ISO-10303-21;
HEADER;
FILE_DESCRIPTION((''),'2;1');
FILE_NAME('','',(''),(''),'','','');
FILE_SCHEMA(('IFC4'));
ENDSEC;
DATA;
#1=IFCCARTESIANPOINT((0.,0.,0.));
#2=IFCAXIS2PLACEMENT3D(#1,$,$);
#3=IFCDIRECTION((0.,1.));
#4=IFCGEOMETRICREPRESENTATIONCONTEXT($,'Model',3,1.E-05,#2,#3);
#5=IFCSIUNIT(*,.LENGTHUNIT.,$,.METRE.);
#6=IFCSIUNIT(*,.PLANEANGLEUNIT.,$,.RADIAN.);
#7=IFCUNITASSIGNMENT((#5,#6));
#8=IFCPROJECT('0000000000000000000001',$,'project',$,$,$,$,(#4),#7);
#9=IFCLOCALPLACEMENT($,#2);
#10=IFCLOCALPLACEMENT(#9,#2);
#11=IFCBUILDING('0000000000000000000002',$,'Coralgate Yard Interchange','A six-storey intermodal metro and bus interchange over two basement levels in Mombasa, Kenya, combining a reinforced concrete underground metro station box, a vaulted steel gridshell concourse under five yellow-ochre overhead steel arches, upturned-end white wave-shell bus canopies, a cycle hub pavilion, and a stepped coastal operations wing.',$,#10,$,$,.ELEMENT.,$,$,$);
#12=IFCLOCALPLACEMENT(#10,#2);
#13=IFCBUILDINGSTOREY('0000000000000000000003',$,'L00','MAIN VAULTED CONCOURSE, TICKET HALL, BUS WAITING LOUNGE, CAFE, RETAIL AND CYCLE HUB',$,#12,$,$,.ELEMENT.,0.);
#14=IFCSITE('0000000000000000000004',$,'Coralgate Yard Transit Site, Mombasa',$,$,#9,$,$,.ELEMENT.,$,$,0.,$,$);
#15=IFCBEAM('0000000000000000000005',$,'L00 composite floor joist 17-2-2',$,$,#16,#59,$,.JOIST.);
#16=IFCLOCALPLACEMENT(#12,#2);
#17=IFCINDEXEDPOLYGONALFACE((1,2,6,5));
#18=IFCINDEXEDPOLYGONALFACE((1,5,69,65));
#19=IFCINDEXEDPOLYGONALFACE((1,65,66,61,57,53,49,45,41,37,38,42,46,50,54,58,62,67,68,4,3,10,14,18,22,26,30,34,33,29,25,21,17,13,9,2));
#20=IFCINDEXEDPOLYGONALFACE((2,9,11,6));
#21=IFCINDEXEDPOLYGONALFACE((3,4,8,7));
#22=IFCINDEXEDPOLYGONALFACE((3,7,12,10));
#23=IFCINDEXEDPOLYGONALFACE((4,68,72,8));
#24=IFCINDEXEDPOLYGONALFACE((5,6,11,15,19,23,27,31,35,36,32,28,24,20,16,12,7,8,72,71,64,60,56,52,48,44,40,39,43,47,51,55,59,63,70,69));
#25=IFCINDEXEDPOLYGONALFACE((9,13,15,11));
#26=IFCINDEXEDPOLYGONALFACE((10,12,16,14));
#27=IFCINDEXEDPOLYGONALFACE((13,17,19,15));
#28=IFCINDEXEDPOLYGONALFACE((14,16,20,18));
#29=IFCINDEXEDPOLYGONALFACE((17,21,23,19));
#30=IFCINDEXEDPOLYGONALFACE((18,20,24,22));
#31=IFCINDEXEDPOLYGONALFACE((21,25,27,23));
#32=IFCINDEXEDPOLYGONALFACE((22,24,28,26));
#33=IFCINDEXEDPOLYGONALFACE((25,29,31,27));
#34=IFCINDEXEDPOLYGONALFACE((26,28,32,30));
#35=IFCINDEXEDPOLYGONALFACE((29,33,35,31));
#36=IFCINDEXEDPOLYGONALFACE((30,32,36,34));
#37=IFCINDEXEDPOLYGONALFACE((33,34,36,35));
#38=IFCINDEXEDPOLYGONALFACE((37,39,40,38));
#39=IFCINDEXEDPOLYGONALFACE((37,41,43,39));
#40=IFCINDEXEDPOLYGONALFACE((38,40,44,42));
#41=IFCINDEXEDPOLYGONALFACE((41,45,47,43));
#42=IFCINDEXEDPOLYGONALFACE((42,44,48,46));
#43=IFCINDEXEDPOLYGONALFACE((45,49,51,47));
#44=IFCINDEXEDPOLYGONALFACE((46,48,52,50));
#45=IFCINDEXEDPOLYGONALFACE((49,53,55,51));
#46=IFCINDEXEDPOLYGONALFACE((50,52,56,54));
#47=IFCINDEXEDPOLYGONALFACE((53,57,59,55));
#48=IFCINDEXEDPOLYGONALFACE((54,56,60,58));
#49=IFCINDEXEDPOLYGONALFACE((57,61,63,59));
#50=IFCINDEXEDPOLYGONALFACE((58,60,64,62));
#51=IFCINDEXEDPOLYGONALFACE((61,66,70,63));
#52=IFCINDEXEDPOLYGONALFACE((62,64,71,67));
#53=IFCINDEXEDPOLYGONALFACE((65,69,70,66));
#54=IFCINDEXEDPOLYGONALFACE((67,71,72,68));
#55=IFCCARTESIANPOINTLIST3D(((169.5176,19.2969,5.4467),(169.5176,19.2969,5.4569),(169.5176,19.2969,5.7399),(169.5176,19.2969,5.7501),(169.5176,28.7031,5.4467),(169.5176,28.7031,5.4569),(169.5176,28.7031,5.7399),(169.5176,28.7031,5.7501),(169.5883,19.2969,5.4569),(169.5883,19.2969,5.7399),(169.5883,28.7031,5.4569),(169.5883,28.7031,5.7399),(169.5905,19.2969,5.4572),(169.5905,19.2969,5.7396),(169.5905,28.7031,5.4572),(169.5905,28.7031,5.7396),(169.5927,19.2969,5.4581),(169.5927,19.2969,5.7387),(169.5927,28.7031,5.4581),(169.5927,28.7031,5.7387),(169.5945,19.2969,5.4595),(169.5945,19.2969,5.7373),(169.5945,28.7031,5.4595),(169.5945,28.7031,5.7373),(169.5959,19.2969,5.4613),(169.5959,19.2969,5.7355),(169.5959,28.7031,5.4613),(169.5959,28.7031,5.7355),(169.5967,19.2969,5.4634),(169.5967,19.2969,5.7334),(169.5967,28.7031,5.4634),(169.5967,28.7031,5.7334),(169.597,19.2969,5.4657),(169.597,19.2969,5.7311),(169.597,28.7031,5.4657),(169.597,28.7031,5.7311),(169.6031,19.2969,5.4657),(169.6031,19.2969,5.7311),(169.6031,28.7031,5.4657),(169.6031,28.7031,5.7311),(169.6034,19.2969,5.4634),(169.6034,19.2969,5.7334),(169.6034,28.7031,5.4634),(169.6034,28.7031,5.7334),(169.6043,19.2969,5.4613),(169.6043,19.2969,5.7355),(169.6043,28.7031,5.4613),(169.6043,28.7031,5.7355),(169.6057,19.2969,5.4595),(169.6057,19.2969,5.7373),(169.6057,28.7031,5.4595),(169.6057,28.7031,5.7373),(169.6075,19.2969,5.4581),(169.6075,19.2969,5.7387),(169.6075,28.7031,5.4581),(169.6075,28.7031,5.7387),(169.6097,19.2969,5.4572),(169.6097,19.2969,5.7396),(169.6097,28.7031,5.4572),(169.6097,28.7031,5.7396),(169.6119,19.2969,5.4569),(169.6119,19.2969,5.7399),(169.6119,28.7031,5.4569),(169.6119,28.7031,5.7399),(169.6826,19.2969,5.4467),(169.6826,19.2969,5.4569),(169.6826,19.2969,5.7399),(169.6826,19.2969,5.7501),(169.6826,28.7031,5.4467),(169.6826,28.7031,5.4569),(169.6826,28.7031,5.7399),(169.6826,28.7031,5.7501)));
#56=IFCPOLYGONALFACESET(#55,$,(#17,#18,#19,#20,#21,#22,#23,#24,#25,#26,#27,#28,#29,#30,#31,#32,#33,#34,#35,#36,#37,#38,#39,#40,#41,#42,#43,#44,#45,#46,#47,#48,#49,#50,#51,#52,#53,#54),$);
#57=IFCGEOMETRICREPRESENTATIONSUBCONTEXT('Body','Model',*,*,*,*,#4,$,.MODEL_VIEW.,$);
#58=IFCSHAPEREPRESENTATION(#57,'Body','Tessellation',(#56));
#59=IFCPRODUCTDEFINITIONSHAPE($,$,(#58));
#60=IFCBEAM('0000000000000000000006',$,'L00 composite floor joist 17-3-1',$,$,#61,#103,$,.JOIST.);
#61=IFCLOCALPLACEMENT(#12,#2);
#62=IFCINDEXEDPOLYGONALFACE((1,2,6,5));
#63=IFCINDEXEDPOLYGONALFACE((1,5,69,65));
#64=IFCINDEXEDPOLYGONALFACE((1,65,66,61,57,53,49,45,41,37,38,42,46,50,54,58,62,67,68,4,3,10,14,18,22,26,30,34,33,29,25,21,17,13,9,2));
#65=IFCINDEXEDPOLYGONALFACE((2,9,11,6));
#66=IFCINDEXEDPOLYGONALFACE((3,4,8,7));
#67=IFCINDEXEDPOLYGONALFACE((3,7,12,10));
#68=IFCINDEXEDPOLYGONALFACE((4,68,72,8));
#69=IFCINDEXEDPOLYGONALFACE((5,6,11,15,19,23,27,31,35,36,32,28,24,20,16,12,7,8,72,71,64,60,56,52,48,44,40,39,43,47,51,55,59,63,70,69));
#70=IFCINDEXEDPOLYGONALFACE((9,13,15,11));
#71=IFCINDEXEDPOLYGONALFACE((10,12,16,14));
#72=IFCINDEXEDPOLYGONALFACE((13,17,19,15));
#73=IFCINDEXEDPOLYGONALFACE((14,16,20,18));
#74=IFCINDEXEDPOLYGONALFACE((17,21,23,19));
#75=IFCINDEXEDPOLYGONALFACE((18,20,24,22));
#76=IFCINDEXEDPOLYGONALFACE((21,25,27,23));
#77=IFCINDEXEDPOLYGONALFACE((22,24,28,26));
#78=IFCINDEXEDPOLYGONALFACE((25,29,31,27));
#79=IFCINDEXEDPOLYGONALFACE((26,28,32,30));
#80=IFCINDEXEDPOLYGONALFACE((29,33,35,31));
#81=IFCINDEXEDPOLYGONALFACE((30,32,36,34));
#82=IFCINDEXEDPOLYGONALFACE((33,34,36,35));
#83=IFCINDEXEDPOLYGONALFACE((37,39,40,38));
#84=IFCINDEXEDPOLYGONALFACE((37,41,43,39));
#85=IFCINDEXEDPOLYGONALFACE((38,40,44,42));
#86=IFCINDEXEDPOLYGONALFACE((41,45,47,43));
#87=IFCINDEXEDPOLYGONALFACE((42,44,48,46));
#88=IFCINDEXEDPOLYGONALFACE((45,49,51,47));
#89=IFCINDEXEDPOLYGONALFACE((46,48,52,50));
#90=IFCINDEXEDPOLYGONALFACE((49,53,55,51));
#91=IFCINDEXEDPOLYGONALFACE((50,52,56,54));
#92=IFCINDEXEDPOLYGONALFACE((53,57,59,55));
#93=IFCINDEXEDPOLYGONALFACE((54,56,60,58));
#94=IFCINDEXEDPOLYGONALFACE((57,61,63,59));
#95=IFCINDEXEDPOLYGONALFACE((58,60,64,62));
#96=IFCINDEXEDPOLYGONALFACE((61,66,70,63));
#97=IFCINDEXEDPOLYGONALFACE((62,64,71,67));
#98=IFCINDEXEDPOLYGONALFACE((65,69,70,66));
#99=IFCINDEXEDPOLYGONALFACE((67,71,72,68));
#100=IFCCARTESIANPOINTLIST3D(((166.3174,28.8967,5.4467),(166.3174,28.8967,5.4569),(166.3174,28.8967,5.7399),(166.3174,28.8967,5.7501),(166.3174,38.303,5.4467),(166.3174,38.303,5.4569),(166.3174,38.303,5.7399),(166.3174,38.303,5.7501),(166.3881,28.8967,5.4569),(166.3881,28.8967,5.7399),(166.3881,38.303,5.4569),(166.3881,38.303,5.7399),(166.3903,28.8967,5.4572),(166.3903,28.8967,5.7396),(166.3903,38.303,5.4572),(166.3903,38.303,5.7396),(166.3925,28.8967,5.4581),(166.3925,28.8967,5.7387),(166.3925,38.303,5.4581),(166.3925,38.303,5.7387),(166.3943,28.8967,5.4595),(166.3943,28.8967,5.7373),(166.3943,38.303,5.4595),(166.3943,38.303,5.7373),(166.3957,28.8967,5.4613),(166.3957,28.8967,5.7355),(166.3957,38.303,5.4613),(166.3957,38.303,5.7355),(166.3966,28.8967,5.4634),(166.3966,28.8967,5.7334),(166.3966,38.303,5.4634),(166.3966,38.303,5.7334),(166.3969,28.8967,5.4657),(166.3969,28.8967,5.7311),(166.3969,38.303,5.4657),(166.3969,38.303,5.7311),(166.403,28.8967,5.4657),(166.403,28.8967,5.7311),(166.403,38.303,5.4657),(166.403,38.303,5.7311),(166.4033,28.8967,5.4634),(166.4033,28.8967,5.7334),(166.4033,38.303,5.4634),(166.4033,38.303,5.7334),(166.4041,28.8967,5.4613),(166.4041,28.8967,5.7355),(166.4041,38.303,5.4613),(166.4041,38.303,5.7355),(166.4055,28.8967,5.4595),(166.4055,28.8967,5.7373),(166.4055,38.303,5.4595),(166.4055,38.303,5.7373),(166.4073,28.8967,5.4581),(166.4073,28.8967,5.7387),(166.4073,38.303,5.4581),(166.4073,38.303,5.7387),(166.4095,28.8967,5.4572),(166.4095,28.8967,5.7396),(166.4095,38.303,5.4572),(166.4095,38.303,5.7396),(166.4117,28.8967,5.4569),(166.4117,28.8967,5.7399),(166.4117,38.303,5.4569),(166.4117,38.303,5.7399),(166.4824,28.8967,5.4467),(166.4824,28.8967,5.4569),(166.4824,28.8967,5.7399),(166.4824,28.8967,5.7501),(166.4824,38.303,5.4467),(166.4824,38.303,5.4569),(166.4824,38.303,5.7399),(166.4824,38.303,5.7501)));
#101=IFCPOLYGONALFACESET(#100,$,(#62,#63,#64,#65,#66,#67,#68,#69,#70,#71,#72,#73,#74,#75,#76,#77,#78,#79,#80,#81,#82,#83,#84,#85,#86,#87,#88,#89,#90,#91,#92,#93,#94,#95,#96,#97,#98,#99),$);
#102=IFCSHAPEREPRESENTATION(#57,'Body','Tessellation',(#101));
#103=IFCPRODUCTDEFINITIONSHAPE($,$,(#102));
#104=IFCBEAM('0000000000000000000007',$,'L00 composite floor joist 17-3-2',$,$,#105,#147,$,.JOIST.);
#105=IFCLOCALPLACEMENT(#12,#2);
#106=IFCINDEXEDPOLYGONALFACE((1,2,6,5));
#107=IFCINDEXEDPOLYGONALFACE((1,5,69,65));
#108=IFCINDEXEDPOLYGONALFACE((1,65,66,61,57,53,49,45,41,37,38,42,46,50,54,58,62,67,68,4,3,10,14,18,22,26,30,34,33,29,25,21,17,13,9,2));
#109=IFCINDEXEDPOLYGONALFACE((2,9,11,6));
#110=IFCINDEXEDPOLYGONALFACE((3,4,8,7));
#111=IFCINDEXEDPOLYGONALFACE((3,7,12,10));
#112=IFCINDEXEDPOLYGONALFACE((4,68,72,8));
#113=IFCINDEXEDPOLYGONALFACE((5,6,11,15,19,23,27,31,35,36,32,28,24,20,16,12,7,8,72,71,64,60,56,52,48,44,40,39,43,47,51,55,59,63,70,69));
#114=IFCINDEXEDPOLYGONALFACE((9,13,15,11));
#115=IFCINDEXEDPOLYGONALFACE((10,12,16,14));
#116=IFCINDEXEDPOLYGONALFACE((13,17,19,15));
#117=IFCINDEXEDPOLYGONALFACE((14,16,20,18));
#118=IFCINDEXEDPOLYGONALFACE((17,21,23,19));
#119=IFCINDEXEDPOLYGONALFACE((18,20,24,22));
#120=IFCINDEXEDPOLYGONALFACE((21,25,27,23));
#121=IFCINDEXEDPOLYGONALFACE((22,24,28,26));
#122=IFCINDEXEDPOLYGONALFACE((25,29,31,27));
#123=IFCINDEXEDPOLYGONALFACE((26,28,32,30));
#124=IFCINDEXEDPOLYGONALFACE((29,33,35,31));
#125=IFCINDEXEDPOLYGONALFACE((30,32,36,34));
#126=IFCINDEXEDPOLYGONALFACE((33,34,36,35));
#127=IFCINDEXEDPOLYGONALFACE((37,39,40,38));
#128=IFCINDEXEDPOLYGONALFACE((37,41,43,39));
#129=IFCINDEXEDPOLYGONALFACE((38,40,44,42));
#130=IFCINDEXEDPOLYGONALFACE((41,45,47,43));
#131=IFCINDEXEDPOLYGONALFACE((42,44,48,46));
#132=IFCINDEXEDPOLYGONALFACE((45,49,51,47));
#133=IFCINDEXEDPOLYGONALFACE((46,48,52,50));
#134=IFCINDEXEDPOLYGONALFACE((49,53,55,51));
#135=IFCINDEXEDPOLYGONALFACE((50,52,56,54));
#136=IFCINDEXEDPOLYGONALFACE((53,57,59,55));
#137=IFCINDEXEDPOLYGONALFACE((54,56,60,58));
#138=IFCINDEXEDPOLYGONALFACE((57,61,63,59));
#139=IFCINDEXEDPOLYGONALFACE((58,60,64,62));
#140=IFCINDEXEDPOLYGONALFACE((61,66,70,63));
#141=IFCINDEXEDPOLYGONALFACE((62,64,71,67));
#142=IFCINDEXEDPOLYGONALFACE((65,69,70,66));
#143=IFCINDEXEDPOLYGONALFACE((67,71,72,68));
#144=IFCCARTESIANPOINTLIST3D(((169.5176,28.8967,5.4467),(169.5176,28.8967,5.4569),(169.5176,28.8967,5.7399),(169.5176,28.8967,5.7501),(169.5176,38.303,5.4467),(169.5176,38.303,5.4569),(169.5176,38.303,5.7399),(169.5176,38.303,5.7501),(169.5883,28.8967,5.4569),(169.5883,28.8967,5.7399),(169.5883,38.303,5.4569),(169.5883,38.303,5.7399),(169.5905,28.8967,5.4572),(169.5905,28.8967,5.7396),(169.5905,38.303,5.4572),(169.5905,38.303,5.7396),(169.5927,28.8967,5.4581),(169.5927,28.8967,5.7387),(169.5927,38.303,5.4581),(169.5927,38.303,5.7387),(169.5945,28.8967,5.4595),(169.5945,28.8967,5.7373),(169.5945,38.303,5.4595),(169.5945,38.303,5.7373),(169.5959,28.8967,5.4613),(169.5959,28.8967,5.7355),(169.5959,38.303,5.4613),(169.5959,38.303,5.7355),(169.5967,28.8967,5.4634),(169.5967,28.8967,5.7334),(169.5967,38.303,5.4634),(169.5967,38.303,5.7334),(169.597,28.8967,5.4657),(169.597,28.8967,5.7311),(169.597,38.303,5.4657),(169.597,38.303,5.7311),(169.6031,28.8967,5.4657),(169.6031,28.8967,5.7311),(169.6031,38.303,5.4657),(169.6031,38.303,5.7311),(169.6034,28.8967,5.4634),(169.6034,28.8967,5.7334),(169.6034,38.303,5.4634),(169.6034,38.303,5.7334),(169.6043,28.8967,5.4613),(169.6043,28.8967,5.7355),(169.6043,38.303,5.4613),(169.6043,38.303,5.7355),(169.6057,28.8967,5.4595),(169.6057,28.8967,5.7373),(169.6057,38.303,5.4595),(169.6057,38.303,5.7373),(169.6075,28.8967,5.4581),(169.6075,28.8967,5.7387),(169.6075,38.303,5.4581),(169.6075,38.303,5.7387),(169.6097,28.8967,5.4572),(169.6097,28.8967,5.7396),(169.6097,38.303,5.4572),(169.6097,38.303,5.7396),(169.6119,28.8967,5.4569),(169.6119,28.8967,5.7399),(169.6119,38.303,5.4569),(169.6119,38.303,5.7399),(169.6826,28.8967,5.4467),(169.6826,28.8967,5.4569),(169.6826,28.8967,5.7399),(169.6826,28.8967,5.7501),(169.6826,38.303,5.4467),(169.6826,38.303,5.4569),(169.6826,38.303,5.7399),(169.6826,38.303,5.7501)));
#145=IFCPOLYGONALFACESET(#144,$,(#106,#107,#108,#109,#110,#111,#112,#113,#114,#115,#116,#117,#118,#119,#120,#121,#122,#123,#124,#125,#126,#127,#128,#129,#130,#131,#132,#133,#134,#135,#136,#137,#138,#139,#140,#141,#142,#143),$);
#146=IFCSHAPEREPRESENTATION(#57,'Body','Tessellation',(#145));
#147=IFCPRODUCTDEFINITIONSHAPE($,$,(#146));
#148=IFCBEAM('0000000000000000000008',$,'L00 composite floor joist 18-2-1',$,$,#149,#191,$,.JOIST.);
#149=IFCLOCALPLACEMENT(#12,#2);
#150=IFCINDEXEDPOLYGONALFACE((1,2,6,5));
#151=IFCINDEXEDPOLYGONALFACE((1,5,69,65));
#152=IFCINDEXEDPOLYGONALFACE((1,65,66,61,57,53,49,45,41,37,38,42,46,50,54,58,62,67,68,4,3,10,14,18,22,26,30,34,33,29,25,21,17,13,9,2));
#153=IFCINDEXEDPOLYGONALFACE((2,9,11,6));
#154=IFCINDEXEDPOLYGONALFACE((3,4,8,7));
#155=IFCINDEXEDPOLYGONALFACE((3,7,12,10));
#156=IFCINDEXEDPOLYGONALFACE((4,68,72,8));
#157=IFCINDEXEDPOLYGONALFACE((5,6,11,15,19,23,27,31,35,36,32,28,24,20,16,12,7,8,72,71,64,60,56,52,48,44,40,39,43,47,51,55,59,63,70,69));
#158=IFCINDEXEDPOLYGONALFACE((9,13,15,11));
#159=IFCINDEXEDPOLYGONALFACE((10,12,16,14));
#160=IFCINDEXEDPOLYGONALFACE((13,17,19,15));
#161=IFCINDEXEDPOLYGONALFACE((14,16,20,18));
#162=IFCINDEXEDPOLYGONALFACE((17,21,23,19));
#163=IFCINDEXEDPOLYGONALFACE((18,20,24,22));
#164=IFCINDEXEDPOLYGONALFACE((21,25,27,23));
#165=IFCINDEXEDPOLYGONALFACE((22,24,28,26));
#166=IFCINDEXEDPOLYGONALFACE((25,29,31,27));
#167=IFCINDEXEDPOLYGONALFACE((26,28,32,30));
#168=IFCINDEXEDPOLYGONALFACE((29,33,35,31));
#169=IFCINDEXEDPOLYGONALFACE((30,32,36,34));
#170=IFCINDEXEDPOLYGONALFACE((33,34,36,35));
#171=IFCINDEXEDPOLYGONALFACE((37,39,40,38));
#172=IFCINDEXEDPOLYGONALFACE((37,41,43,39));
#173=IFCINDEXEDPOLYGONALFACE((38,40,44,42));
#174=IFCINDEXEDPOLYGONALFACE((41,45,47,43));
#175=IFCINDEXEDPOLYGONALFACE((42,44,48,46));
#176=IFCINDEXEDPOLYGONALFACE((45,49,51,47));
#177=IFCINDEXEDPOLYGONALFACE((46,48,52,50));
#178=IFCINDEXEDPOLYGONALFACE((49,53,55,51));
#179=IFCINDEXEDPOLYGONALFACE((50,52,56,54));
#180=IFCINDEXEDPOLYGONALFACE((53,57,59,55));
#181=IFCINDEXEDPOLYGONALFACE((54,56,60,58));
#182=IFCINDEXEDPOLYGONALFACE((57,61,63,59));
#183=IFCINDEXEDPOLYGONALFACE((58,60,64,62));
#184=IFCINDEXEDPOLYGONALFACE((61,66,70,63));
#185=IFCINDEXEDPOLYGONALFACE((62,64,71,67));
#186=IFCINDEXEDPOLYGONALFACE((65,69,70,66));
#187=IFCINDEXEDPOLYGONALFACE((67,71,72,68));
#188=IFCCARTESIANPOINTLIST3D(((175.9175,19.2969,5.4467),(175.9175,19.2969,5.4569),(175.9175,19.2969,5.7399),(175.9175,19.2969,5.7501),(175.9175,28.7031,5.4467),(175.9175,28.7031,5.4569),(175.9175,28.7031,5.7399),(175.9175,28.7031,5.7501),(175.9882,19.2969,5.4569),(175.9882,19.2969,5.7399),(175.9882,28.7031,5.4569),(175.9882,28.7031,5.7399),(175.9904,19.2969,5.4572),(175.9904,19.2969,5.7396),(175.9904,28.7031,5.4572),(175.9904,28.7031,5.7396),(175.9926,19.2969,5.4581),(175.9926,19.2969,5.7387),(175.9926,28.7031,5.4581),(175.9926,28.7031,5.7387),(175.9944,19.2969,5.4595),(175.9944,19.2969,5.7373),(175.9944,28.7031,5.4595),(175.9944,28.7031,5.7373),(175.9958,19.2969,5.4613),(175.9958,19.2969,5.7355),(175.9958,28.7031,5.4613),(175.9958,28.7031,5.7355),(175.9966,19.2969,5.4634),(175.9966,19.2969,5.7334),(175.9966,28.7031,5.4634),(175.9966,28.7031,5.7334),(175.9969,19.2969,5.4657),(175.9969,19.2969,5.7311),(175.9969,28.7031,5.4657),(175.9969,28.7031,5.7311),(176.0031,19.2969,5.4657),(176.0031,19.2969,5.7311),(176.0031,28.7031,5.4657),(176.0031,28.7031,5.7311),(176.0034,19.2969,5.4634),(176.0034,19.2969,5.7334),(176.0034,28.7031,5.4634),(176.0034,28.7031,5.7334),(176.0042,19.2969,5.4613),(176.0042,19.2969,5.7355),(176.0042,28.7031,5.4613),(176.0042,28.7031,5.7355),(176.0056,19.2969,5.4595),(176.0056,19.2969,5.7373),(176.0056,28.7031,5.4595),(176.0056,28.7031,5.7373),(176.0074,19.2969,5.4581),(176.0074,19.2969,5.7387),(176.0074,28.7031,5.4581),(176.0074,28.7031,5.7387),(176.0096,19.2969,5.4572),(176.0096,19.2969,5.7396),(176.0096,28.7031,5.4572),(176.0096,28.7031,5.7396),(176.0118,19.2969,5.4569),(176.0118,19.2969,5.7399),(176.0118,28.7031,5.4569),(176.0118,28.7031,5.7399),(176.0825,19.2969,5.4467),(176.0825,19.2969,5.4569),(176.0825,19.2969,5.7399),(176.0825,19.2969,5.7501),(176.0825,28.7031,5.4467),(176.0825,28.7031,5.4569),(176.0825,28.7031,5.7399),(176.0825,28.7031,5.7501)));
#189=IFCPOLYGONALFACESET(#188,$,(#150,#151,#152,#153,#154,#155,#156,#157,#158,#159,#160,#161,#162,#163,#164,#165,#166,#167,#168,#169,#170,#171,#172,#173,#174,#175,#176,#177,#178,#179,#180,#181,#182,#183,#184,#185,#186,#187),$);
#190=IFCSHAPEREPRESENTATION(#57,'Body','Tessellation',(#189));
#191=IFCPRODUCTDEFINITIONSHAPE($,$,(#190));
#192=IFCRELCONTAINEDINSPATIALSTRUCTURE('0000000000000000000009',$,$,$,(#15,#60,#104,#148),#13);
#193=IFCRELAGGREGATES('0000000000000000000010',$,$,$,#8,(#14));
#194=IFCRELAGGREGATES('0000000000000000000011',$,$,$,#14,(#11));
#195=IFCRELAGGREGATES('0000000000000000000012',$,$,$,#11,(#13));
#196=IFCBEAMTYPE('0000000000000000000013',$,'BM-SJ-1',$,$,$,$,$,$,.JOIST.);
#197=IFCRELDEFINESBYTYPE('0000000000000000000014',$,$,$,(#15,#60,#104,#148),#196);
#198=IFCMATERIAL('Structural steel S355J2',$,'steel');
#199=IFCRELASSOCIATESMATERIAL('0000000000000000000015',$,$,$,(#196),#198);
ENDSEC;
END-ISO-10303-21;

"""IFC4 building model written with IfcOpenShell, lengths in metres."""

from ifc_helpers import new_model, si_unit, direction, frame, origin, origin_2d, place, context, subcontext, project, spatial, i_section, extrude, material, material_profile, profile_set, type_object, element, save


model = new_model("IFC4")

# Units and contexts
model_context = context("Model", 3, precision=1e-05, world=origin(), true_north=direction((0.0, 1.0)))
body_context = subcontext(model_context, "Body", "Model", "MODEL_VIEW")
ifc_project = project(units=[si_unit("LENGTHUNIT", "METRE"), si_unit("PLANEANGLEUNIT", "RADIAN")], contexts=[model_context])

# Site, building, storey
site_placement = place(None, origin())
site = spatial("IfcSite", under=ifc_project, at=site_placement, Name="Coralgate Yard Transit Site, Mombasa", CompositionType="ELEMENT", RefElevation=0.0)
building_placement = place(site_placement, origin())
building = spatial("IfcBuilding", under=site, at=building_placement, Name="Coralgate Yard Interchange", Description="A six-storey intermodal metro and bus interchange over two basement levels in Mombasa, Kenya, combining a reinforced concrete underground metro station box, a vaulted steel gridshell concourse under five yellow-ochre overhead steel arches, upturned-end white wave-shell bus canopies, a cycle hub pavilion, and a stepped coastal operations wing.", CompositionType="ELEMENT")
storey_placement = place(building_placement, origin())
storey = spatial("IfcBuildingStorey", under=building, at=storey_placement, Name="L00", Description="MAIN VAULTED CONCOURSE, TICKET HALL, BUS WAITING LOUNGE, CAFE, RETAIL AND CYCLE HUB", CompositionType="ELEMENT", Elevation=0.0)

# Shared definitions
ifc_material_1 = material(Name="Structural steel S355J2", Category="steel")

# Beams
ifc_material_profile_1 = material_profile(ifc_material_1, i_section(OverallWidth=0.165, OverallDepth=0.3035, WebThickness=0.0061, FlangeThickness=0.0103, FilletRadius=0.0088, at=origin_2d()), Name="UB 305x165x40")
ifc_profile_set_1 = profile_set([ifc_material_profile_1], Name="Structural steel S355J2")
beam_type_1 = type_object("IfcBeamType", Name="BM-SJ-1", PredefinedType="JOIST", material=ifc_profile_set_1)
for number, where, z_axis, x_axis, name in (
    (1, (169.6001, 19.2969, 5.5984), (0.0, 1.0, 0.0), (-1.0, 0.0, 0.0), "L00 composite floor joist 17-2-2"),
    (2, (166.3999, 28.8967, 5.5984), (0.0, 1.0, 0.0), (-1.0, 0.0, 0.0), "L00 composite floor joist 17-3-1"),
    (3, (169.6001, 28.8967, 5.5984), (0.0, 1.0, 0.0), (-1.0, 0.0, 0.0), "L00 composite floor joist 17-3-2"),
    (4, (176.0, 19.2969, 5.5984), (0.0, 1.0, 0.0), (-1.0, 0.0, 0.0), "L00 composite floor joist 18-2-1"),
):
    element("IfcBeam", number, at=place(storey_placement, frame(where, z_axis=z_axis, x_axis=x_axis)), inside=storey, type_object=beam_type_1, Name=name, PredefinedType="JOIST", context=body_context, shape_type="SweptSolid", body=[
        extrude(i_section(OverallWidth=0.165, OverallDepth=0.3035, WebThickness=0.0061, FlangeThickness=0.0103, FilletRadius=0.0088, at=origin_2d()), origin(), (0.0, 0.0, 1.0), 9.4062),
    ])

save(model, "model.ifc")
